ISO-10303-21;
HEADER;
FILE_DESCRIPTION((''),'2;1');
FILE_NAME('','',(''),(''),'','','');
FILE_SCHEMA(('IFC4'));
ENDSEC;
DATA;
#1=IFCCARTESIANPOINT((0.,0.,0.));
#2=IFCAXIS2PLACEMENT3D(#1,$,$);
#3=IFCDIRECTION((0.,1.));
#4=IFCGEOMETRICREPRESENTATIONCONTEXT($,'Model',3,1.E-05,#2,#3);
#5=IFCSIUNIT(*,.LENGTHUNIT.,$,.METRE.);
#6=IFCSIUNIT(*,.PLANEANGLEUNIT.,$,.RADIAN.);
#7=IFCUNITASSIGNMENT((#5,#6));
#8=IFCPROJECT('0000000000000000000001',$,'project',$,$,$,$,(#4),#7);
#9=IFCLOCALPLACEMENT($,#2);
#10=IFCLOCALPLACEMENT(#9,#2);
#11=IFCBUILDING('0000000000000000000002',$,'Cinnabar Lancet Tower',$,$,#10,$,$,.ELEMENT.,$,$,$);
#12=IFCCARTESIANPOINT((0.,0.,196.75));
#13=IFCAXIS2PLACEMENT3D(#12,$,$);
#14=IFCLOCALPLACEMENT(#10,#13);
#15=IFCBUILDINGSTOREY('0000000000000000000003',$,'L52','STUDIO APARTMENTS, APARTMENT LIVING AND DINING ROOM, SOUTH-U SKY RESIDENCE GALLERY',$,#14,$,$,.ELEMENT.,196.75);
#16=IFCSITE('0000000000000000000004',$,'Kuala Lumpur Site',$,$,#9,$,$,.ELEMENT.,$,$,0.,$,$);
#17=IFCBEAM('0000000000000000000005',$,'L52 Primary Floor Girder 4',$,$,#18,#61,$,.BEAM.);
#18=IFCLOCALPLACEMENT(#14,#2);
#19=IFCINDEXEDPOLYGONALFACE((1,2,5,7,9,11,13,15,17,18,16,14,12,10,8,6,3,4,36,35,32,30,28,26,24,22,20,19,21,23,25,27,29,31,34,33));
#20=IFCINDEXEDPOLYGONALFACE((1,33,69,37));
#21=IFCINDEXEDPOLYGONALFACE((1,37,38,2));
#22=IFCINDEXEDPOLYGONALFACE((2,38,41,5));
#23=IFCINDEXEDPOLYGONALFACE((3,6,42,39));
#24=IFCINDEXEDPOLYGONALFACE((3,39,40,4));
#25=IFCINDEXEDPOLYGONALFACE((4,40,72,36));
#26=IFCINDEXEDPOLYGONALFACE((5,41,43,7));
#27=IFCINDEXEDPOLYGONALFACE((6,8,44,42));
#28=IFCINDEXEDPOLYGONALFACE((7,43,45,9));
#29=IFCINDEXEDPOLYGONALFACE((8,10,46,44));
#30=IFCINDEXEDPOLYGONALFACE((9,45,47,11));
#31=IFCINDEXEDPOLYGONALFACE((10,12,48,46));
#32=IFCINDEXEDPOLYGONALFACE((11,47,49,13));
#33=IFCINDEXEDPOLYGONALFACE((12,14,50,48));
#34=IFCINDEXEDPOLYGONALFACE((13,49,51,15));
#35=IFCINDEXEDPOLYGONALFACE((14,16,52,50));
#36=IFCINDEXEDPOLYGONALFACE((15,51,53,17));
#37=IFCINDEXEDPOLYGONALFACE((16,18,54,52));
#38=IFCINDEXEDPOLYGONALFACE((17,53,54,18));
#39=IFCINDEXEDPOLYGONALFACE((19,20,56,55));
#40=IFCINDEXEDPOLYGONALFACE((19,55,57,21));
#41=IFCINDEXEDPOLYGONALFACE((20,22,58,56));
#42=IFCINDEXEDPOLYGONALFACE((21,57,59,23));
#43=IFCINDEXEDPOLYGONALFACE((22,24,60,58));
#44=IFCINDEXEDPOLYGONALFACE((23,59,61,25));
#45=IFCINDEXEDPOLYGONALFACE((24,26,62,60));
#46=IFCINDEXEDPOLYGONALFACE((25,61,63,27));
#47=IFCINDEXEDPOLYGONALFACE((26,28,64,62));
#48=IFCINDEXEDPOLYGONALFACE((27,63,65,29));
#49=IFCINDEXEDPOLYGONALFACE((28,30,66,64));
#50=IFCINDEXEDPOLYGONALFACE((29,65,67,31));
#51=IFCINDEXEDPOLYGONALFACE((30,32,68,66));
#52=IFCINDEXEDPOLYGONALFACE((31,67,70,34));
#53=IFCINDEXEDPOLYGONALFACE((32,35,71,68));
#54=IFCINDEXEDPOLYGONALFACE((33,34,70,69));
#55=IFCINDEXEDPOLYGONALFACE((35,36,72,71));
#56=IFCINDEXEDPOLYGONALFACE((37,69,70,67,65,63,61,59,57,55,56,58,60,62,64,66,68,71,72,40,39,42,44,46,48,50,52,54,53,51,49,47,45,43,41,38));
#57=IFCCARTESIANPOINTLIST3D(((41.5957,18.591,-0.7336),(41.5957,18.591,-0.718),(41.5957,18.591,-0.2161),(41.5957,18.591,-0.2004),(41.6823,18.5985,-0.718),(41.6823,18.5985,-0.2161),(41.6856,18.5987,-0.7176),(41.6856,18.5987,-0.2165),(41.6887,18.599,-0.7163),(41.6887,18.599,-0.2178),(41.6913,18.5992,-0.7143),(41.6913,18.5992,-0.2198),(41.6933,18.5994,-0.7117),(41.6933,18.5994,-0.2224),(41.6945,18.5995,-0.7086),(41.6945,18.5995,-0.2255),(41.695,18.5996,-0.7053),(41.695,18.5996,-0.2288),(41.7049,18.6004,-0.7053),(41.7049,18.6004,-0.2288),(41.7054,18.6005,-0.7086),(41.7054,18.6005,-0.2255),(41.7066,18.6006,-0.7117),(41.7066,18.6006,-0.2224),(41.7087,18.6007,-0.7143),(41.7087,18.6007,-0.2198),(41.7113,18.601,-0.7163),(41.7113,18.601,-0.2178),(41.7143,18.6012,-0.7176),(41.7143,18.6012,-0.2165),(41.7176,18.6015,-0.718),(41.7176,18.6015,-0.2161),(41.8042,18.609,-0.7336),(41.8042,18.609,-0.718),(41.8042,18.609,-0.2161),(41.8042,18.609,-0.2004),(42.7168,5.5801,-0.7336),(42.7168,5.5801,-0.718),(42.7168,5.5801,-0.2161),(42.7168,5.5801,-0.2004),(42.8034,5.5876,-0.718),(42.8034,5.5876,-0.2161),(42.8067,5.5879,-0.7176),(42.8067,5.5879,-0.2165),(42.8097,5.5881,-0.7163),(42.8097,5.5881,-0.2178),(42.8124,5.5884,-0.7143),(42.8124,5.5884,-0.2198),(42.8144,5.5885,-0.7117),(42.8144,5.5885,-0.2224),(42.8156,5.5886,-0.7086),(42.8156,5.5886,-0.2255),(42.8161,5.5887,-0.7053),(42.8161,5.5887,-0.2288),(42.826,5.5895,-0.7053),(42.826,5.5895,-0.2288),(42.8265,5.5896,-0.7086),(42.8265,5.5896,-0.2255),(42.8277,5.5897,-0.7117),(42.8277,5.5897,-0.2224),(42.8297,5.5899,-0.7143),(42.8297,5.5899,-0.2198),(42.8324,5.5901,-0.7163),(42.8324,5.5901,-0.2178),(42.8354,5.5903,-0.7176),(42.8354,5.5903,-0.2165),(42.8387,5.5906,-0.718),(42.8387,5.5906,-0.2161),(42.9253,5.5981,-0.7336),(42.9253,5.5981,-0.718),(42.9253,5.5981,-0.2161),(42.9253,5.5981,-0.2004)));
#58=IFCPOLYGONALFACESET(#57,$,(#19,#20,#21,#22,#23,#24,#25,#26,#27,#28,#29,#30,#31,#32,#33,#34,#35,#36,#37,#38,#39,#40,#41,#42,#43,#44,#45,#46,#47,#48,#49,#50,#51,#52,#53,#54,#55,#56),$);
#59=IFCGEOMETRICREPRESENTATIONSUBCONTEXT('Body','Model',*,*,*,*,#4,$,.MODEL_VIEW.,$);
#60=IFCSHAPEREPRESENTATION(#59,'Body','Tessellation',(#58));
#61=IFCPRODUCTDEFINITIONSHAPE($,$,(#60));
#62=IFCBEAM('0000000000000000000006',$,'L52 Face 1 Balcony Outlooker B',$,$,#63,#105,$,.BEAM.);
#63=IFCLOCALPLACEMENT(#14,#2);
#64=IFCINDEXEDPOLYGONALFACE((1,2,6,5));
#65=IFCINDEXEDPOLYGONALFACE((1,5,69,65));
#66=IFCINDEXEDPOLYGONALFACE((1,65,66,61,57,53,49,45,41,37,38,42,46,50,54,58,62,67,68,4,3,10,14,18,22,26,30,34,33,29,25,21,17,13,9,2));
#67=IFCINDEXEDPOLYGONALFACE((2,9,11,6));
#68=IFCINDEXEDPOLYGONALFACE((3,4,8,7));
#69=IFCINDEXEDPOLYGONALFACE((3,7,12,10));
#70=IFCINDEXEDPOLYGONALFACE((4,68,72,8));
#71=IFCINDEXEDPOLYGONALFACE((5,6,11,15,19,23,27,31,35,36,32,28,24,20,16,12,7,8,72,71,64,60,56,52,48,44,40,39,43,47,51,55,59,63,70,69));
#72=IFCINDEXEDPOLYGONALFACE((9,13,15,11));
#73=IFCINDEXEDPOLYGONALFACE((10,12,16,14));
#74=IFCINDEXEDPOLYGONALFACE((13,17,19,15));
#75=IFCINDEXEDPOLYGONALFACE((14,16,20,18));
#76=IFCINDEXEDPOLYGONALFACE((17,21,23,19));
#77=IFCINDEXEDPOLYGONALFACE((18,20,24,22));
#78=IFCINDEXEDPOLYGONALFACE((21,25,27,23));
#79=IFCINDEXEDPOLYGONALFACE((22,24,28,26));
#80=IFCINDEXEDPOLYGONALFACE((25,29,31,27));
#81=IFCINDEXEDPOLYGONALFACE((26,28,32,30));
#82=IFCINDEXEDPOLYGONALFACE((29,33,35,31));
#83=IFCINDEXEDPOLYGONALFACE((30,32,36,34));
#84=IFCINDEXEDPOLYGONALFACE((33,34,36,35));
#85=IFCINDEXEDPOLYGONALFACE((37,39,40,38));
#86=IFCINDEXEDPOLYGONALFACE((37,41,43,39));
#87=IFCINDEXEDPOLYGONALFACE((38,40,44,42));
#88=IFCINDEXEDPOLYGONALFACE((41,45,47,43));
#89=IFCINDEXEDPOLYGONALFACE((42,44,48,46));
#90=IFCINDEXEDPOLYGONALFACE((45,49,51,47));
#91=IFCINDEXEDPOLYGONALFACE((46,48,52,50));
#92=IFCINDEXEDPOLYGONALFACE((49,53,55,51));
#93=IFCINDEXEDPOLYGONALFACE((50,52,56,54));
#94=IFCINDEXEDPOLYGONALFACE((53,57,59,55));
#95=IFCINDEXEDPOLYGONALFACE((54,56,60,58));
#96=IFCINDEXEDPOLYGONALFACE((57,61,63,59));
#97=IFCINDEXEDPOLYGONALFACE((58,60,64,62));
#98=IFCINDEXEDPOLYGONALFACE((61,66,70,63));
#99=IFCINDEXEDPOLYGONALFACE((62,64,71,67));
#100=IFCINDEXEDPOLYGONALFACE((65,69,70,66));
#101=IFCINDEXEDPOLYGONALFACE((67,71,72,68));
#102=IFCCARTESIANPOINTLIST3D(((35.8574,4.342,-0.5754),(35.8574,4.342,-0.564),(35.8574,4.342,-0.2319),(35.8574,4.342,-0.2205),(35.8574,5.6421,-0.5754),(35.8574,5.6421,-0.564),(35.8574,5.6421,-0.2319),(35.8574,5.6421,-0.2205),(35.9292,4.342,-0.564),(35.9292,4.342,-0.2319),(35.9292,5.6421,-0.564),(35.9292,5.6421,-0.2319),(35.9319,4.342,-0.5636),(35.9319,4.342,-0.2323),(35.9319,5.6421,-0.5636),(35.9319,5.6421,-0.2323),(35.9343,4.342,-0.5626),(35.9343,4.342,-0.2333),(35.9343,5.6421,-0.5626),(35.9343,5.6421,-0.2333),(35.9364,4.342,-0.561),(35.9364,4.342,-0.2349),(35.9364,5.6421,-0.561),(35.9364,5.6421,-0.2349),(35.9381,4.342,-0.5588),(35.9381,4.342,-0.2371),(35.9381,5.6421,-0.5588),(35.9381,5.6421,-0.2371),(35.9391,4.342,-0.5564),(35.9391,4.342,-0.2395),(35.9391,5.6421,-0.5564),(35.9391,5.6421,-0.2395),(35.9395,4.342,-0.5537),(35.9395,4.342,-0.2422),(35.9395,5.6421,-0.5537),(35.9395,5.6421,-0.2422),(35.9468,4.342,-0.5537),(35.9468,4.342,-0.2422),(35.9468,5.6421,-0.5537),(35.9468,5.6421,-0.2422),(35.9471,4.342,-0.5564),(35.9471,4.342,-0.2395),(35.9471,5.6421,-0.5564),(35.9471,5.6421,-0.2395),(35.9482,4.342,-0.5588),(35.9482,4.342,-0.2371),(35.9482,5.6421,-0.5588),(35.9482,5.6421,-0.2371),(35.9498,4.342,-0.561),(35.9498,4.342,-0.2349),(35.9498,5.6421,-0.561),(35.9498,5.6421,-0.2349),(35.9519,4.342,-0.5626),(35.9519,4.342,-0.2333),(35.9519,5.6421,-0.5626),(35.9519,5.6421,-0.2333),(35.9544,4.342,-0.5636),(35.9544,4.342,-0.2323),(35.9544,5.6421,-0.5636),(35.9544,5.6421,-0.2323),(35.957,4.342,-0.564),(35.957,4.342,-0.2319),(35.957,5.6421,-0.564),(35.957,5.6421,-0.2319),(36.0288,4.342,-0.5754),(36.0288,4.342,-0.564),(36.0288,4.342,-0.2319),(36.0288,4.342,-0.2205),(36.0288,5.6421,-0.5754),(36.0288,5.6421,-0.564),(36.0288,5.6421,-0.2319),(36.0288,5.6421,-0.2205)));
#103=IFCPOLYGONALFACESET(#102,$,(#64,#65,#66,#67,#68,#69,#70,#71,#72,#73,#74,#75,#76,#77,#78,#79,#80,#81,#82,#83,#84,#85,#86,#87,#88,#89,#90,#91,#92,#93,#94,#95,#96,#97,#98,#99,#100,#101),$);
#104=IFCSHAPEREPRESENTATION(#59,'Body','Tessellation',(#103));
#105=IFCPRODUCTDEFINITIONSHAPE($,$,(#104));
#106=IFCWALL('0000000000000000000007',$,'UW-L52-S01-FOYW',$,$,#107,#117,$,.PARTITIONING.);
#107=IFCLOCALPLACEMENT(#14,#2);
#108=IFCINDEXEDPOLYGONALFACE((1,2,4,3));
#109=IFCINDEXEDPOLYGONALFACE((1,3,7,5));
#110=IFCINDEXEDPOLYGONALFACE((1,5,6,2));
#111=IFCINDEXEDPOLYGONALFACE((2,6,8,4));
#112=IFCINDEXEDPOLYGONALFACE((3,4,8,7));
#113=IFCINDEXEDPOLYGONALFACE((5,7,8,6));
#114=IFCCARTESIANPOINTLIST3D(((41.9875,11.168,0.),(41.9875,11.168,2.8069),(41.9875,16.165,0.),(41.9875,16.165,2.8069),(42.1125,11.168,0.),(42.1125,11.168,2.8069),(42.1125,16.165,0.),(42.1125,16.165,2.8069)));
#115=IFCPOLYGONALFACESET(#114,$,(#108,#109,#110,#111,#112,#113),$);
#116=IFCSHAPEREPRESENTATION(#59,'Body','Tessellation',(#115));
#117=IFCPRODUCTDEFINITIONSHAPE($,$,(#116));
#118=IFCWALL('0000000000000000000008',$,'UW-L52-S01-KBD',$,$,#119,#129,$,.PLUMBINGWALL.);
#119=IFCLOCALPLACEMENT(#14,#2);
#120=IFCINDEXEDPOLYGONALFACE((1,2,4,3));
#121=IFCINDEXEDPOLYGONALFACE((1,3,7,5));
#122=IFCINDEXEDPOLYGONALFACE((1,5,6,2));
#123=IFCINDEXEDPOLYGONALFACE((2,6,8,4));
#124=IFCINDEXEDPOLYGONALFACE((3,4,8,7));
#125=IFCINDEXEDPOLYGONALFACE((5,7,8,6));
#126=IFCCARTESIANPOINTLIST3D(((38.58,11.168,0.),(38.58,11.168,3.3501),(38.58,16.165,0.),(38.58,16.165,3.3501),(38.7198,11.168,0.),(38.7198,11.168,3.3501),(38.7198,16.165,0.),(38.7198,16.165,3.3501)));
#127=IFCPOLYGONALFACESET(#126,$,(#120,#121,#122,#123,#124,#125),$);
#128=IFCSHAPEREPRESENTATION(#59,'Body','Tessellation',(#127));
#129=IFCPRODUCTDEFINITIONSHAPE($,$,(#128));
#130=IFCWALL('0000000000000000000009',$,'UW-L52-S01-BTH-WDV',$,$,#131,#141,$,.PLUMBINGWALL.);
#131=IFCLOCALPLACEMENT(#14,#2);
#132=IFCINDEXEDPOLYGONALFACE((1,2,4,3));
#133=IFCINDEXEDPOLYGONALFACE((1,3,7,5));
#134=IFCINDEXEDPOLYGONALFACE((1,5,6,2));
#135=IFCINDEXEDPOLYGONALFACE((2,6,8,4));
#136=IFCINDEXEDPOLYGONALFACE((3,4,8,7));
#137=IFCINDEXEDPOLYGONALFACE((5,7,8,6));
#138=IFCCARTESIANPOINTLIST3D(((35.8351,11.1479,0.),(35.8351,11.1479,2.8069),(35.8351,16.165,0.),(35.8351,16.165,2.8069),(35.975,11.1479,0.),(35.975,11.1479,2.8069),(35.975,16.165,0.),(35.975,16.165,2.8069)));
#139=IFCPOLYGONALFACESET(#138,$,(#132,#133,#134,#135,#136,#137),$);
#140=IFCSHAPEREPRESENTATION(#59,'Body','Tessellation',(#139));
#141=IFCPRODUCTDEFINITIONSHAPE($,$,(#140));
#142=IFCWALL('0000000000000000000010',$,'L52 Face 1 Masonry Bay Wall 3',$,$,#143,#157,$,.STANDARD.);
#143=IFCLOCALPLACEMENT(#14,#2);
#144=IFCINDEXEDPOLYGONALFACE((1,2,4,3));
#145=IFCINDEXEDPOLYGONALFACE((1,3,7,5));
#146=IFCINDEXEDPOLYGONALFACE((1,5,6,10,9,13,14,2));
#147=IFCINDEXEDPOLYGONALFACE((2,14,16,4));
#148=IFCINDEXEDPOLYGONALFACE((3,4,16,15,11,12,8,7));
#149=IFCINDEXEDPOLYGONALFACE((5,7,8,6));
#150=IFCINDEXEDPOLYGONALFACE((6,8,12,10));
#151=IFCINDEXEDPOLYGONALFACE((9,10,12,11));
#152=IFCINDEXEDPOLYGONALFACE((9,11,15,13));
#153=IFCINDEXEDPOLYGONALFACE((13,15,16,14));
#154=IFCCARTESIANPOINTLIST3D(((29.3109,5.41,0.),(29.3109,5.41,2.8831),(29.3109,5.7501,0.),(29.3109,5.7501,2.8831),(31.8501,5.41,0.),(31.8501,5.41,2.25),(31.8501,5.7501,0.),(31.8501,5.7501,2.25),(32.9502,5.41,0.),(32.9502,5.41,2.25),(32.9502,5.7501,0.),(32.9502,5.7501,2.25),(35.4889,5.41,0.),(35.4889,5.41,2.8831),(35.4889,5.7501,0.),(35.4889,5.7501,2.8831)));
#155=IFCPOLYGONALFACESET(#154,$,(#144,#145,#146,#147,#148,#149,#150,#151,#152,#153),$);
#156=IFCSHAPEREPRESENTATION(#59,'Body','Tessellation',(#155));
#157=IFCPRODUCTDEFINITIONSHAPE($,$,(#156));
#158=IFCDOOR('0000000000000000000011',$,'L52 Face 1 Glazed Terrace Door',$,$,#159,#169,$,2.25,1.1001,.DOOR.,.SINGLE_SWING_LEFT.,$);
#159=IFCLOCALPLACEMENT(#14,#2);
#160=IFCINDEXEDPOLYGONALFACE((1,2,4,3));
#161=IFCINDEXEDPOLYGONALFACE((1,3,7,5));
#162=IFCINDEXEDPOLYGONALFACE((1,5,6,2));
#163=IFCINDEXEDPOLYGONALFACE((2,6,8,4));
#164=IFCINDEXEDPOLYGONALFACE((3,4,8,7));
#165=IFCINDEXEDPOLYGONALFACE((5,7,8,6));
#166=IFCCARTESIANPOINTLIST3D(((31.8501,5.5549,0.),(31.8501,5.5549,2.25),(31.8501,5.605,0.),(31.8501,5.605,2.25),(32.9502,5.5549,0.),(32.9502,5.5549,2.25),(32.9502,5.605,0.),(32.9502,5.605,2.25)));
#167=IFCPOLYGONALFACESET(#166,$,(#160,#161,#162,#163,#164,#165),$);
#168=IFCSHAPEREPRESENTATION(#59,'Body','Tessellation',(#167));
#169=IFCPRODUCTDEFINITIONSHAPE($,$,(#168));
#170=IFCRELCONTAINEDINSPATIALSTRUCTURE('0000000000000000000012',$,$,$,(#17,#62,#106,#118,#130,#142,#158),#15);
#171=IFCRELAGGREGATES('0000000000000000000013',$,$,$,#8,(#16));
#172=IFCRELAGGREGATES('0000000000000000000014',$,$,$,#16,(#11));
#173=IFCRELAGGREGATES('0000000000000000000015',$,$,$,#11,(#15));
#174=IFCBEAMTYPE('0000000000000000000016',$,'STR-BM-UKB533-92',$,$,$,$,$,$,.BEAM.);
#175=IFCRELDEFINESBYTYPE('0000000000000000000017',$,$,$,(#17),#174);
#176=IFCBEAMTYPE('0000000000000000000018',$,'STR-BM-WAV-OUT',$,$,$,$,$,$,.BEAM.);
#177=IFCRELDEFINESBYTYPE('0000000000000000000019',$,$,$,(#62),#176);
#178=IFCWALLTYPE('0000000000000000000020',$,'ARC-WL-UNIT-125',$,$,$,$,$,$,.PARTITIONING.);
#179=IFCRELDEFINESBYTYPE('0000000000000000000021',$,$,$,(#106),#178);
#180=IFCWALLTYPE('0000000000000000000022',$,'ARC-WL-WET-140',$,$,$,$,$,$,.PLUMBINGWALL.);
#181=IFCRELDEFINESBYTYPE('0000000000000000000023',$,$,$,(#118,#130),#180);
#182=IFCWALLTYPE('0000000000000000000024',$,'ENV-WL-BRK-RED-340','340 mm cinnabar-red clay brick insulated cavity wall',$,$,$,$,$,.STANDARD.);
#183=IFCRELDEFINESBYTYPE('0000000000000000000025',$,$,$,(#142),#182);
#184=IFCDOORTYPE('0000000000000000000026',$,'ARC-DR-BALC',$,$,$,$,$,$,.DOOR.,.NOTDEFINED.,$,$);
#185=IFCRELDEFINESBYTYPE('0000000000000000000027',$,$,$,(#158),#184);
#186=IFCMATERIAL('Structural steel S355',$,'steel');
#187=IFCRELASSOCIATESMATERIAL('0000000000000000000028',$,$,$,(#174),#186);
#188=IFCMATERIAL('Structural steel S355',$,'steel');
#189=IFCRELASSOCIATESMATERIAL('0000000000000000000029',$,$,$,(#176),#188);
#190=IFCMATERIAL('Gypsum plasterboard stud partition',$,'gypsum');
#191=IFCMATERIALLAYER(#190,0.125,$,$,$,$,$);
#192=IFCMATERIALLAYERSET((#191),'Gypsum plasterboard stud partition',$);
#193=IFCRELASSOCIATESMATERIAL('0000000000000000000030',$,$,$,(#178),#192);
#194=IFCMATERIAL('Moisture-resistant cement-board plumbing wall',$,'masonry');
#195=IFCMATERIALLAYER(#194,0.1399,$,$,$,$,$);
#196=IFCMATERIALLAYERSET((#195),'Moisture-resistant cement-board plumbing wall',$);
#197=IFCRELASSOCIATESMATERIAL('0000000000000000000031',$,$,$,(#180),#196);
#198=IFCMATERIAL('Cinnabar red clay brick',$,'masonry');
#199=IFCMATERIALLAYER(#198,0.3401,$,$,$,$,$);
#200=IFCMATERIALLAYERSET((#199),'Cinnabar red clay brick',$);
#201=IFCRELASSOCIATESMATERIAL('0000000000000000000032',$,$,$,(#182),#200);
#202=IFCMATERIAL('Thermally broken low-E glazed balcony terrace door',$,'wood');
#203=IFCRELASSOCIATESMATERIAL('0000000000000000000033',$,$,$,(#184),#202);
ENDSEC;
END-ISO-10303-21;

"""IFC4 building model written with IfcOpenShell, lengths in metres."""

from ifc_helpers import new_model, si_unit, direction, frame, frame_2d, origin, origin_2d, place, context, subcontext, project, spatial, rectangle, i_section, extrude, material, layer, layer_set, material_profile, profile_set, type_object, element, fill, save


model = new_model("IFC4")

# Units and contexts
model_context = context("Model", 3, precision=1e-05, world=origin(), true_north=direction((0.0, 1.0)))
body_context = subcontext(model_context, "Body", "Model", "MODEL_VIEW")
ifc_project = project(units=[si_unit("LENGTHUNIT", "METRE"), si_unit("PLANEANGLEUNIT", "RADIAN")], contexts=[model_context])

# Site, building, storey
site_placement = place(None, origin())
site = spatial("IfcSite", under=ifc_project, at=site_placement, Name="Kuala Lumpur Site", CompositionType="ELEMENT", RefElevation=0.0)
building_placement = place(site_placement, origin())
building = spatial("IfcBuilding", under=site, at=building_placement, Name="Cinnabar Lancet Tower", CompositionType="ELEMENT")
storey_placement = place(building_placement, frame((0.0, 0.0, 196.75)))
storey = spatial("IfcBuildingStorey", under=building, at=storey_placement, Name="L52", Description="STUDIO APARTMENTS, APARTMENT LIVING AND DINING ROOM, SOUTH-U SKY RESIDENCE GALLERY", CompositionType="ELEMENT", Elevation=196.75)

# Beams
ifc_material_1 = material(Name="Structural steel S355", Category="steel")
ifc_material_profile_1 = material_profile(ifc_material_1, i_section(OverallWidth=0.2092, OverallDepth=0.5332, WebThickness=0.01, FlangeThickness=0.0156, FilletRadius=0.0127, at=origin_2d()), Name="UKB 533x210x92")
ifc_profile_set_1 = profile_set([ifc_material_profile_1], Name="Structural steel S355")
beam_type_1 = type_object("IfcBeamType", Name="STR-BM-UKB533-92", PredefinedType="BEAM", material=ifc_profile_set_1)
beam_1_placement = place(storey_placement, frame((42.821, 5.5891, -0.467), z_axis=(-0.085847, 0.996308, 0.0), x_axis=(-0.996308, -0.085847, 0.0)))
element("IfcBeam", 1, at=beam_1_placement, inside=storey, type_object=beam_type_1, Name="L52 Primary Floor Girder 4", PredefinedType="BEAM", context=body_context, shape_type="SweptSolid", body=[
    extrude(i_section(OverallWidth=0.2092, OverallDepth=0.5332, WebThickness=0.01, FlangeThickness=0.0156, FilletRadius=0.0127, at=origin_2d()), origin(), (0.0, 0.0, 1.0), 13.0591),
])
ifc_material_2 = material(Name="Structural steel S355", Category="steel")
ifc_material_profile_2 = material_profile(ifc_material_2, i_section(OverallWidth=0.1714, OverallDepth=0.355, WebThickness=0.0073, FlangeThickness=0.0115, FilletRadius=0.0103, at=origin_2d()), Name="UKB 356x171x51")
ifc_profile_set_2 = profile_set([ifc_material_profile_2], Name="Structural steel S355")
beam_type_2 = type_object("IfcBeamType", Name="STR-BM-WAV-OUT", PredefinedType="BEAM", material=ifc_profile_set_2)
beam_2_placement = place(storey_placement, frame((35.9431, 5.6421, -0.3979), z_axis=(0.0, -1.0, 0.0), x_axis=(1.0, 0.0, 0.0)))
element("IfcBeam", 2, at=beam_2_placement, inside=storey, type_object=beam_type_2, Name="L52 Face 1 Balcony Outlooker B", PredefinedType="BEAM", context=body_context, shape_type="SweptSolid", body=[
    extrude(i_section(OverallWidth=0.1714, OverallDepth=0.355, WebThickness=0.0073, FlangeThickness=0.0115, FilletRadius=0.0103, at=origin_2d()), origin(), (0.0, 0.0, 1.0), 1.3),
])

# Walls
ifc_material_3 = material(Name="Gypsum plasterboard stud partition", Category="gypsum")
ifc_layer_1 = layer(ifc_material_3, 0.125)
ifc_layer_set_1 = layer_set([ifc_layer_1], Name="Gypsum plasterboard stud partition")
wall_type_1 = type_object("IfcWallType", Name="ARC-WL-UNIT-125", PredefinedType="PARTITIONING", material=ifc_layer_set_1)
wall_1_placement = place(storey_placement, frame((42.05, 11.168, 0.0), z_axis=(0.0, 0.0, 1.0), x_axis=(0.0, 1.0, 0.0)))
element("IfcWall", 3, at=wall_1_placement, inside=storey, type_object=wall_type_1, Name="UW-L52-S01-FOYW", PredefinedType="PARTITIONING", context=body_context, shape_type="SweptSolid", body=[
    extrude(rectangle(XDim=4.9971, YDim=0.125, at=frame_2d((2.4985, 0.0))), origin(), (0.0, 0.0, 1.0), 2.8069),
])
ifc_material_4 = material(Name="Moisture-resistant cement-board plumbing wall", Category="masonry")
ifc_layer_2 = layer(ifc_material_4, 0.1399)
ifc_layer_set_2 = layer_set([ifc_layer_2], Name="Moisture-resistant cement-board plumbing wall")
wall_type_2 = type_object("IfcWallType", Name="ARC-WL-WET-140", PredefinedType="PLUMBINGWALL", material=ifc_layer_set_2)
wall_2_placement = place(storey_placement, frame((38.6499, 11.168, 0.0), z_axis=(0.0, 0.0, 1.0), x_axis=(0.0, 1.0, 0.0)))
element("IfcWall", 4, at=wall_2_placement, inside=storey, type_object=wall_type_2, Name="UW-L52-S01-KBD", PredefinedType="PLUMBINGWALL", context=body_context, shape_type="SweptSolid", body=[
    extrude(rectangle(XDim=4.9971, YDim=0.1399, at=frame_2d((2.4985, 0.0))), origin(), (0.0, 0.0, 1.0), 3.3501),
])
wall_3_placement = place(storey_placement, frame((35.905, 11.1479, 0.0), z_axis=(0.0, 0.0, 1.0), x_axis=(0.0, 1.0, 0.0)))
element("IfcWall", 5, at=wall_3_placement, inside=storey, type_object=wall_type_2, Name="UW-L52-S01-BTH-WDV", PredefinedType="PLUMBINGWALL", context=body_context, shape_type="SweptSolid", body=[
    extrude(rectangle(XDim=5.0171, YDim=0.1399, at=frame_2d((2.5085, 0.0))), origin(), (0.0, 0.0, 1.0), 2.8069),
])

# Wall, opening, door
ifc_material_5 = material(Name="Cinnabar red clay brick", Category="masonry")
ifc_layer_3 = layer(ifc_material_5, 0.3401)
ifc_layer_set_3 = layer_set([ifc_layer_3], Name="Cinnabar red clay brick")
wall_type_3 = type_object("IfcWallType", Name="ENV-WL-BRK-RED-340", Description="340 mm cinnabar-red clay brick insulated cavity wall", PredefinedType="STANDARD", material=ifc_layer_set_3)
wall_4_placement = place(storey_placement, frame((29.311, 5.5801, 0.0), z_axis=(0.0, 0.0, 1.0), x_axis=(1.0, 0.0, 0.0)))
wall_4 = element("IfcWall", 6, at=wall_4_placement, inside=storey, type_object=wall_type_3, Name="L52 Face 1 Masonry Bay Wall 3", PredefinedType="STANDARD", context=body_context, shape_type="SweptSolid", body=[
    extrude(rectangle(XDim=6.178, YDim=0.3401, at=frame_2d((3.0889, 0.0))), origin(), (0.0, 0.0, 1.0), 2.8831),
])
opening_1_placement = place(wall_4_placement, frame((2.5391, 0.0, 0.0)))
opening_1 = element("IfcOpeningElement", 7, at=opening_1_placement, cuts=wall_4, PredefinedType="OPENING", context=body_context, shape_type="SweptSolid", body=[
    extrude(rectangle(XDim=1.1001, YDim=2.25, at=frame_2d((0.55, 1.125))), frame((0.0, 0.1799, 0.0), z_axis=(0.0, -1.0, 0.0), x_axis=(1.0, 0.0, 0.0)), (0.0, 0.0, 1.0), 0.3601),
])
ifc_material_6 = material(Name="Thermally broken low-E glazed balcony terrace door", Category="wood")
door_type = type_object("IfcDoorType", Name="ARC-DR-BALC", OperationType="NOTDEFINED", PredefinedType="DOOR", material=ifc_material_6)
door_placement = place(opening_1_placement, origin())
door = element("IfcDoor", 8, at=door_placement, inside=storey, type_object=door_type, Name="L52 Face 1 Glazed Terrace Door", OperationType="SINGLE_SWING_LEFT", OverallHeight=2.25, OverallWidth=1.1001, PredefinedType="DOOR", context=body_context, shape_type="SweptSolid", body=[
    extrude(rectangle(XDim=1.1001, YDim=2.25, at=frame_2d((0.55, 1.125))), frame((0.0, 0.0249, 0.0), z_axis=(0.0, -1.0, 0.0), x_axis=(1.0, 0.0, 0.0)), (0.0, 0.0, 1.0), 0.05),
])
fill(opening_1, door)

save(model, "model.ifc")
